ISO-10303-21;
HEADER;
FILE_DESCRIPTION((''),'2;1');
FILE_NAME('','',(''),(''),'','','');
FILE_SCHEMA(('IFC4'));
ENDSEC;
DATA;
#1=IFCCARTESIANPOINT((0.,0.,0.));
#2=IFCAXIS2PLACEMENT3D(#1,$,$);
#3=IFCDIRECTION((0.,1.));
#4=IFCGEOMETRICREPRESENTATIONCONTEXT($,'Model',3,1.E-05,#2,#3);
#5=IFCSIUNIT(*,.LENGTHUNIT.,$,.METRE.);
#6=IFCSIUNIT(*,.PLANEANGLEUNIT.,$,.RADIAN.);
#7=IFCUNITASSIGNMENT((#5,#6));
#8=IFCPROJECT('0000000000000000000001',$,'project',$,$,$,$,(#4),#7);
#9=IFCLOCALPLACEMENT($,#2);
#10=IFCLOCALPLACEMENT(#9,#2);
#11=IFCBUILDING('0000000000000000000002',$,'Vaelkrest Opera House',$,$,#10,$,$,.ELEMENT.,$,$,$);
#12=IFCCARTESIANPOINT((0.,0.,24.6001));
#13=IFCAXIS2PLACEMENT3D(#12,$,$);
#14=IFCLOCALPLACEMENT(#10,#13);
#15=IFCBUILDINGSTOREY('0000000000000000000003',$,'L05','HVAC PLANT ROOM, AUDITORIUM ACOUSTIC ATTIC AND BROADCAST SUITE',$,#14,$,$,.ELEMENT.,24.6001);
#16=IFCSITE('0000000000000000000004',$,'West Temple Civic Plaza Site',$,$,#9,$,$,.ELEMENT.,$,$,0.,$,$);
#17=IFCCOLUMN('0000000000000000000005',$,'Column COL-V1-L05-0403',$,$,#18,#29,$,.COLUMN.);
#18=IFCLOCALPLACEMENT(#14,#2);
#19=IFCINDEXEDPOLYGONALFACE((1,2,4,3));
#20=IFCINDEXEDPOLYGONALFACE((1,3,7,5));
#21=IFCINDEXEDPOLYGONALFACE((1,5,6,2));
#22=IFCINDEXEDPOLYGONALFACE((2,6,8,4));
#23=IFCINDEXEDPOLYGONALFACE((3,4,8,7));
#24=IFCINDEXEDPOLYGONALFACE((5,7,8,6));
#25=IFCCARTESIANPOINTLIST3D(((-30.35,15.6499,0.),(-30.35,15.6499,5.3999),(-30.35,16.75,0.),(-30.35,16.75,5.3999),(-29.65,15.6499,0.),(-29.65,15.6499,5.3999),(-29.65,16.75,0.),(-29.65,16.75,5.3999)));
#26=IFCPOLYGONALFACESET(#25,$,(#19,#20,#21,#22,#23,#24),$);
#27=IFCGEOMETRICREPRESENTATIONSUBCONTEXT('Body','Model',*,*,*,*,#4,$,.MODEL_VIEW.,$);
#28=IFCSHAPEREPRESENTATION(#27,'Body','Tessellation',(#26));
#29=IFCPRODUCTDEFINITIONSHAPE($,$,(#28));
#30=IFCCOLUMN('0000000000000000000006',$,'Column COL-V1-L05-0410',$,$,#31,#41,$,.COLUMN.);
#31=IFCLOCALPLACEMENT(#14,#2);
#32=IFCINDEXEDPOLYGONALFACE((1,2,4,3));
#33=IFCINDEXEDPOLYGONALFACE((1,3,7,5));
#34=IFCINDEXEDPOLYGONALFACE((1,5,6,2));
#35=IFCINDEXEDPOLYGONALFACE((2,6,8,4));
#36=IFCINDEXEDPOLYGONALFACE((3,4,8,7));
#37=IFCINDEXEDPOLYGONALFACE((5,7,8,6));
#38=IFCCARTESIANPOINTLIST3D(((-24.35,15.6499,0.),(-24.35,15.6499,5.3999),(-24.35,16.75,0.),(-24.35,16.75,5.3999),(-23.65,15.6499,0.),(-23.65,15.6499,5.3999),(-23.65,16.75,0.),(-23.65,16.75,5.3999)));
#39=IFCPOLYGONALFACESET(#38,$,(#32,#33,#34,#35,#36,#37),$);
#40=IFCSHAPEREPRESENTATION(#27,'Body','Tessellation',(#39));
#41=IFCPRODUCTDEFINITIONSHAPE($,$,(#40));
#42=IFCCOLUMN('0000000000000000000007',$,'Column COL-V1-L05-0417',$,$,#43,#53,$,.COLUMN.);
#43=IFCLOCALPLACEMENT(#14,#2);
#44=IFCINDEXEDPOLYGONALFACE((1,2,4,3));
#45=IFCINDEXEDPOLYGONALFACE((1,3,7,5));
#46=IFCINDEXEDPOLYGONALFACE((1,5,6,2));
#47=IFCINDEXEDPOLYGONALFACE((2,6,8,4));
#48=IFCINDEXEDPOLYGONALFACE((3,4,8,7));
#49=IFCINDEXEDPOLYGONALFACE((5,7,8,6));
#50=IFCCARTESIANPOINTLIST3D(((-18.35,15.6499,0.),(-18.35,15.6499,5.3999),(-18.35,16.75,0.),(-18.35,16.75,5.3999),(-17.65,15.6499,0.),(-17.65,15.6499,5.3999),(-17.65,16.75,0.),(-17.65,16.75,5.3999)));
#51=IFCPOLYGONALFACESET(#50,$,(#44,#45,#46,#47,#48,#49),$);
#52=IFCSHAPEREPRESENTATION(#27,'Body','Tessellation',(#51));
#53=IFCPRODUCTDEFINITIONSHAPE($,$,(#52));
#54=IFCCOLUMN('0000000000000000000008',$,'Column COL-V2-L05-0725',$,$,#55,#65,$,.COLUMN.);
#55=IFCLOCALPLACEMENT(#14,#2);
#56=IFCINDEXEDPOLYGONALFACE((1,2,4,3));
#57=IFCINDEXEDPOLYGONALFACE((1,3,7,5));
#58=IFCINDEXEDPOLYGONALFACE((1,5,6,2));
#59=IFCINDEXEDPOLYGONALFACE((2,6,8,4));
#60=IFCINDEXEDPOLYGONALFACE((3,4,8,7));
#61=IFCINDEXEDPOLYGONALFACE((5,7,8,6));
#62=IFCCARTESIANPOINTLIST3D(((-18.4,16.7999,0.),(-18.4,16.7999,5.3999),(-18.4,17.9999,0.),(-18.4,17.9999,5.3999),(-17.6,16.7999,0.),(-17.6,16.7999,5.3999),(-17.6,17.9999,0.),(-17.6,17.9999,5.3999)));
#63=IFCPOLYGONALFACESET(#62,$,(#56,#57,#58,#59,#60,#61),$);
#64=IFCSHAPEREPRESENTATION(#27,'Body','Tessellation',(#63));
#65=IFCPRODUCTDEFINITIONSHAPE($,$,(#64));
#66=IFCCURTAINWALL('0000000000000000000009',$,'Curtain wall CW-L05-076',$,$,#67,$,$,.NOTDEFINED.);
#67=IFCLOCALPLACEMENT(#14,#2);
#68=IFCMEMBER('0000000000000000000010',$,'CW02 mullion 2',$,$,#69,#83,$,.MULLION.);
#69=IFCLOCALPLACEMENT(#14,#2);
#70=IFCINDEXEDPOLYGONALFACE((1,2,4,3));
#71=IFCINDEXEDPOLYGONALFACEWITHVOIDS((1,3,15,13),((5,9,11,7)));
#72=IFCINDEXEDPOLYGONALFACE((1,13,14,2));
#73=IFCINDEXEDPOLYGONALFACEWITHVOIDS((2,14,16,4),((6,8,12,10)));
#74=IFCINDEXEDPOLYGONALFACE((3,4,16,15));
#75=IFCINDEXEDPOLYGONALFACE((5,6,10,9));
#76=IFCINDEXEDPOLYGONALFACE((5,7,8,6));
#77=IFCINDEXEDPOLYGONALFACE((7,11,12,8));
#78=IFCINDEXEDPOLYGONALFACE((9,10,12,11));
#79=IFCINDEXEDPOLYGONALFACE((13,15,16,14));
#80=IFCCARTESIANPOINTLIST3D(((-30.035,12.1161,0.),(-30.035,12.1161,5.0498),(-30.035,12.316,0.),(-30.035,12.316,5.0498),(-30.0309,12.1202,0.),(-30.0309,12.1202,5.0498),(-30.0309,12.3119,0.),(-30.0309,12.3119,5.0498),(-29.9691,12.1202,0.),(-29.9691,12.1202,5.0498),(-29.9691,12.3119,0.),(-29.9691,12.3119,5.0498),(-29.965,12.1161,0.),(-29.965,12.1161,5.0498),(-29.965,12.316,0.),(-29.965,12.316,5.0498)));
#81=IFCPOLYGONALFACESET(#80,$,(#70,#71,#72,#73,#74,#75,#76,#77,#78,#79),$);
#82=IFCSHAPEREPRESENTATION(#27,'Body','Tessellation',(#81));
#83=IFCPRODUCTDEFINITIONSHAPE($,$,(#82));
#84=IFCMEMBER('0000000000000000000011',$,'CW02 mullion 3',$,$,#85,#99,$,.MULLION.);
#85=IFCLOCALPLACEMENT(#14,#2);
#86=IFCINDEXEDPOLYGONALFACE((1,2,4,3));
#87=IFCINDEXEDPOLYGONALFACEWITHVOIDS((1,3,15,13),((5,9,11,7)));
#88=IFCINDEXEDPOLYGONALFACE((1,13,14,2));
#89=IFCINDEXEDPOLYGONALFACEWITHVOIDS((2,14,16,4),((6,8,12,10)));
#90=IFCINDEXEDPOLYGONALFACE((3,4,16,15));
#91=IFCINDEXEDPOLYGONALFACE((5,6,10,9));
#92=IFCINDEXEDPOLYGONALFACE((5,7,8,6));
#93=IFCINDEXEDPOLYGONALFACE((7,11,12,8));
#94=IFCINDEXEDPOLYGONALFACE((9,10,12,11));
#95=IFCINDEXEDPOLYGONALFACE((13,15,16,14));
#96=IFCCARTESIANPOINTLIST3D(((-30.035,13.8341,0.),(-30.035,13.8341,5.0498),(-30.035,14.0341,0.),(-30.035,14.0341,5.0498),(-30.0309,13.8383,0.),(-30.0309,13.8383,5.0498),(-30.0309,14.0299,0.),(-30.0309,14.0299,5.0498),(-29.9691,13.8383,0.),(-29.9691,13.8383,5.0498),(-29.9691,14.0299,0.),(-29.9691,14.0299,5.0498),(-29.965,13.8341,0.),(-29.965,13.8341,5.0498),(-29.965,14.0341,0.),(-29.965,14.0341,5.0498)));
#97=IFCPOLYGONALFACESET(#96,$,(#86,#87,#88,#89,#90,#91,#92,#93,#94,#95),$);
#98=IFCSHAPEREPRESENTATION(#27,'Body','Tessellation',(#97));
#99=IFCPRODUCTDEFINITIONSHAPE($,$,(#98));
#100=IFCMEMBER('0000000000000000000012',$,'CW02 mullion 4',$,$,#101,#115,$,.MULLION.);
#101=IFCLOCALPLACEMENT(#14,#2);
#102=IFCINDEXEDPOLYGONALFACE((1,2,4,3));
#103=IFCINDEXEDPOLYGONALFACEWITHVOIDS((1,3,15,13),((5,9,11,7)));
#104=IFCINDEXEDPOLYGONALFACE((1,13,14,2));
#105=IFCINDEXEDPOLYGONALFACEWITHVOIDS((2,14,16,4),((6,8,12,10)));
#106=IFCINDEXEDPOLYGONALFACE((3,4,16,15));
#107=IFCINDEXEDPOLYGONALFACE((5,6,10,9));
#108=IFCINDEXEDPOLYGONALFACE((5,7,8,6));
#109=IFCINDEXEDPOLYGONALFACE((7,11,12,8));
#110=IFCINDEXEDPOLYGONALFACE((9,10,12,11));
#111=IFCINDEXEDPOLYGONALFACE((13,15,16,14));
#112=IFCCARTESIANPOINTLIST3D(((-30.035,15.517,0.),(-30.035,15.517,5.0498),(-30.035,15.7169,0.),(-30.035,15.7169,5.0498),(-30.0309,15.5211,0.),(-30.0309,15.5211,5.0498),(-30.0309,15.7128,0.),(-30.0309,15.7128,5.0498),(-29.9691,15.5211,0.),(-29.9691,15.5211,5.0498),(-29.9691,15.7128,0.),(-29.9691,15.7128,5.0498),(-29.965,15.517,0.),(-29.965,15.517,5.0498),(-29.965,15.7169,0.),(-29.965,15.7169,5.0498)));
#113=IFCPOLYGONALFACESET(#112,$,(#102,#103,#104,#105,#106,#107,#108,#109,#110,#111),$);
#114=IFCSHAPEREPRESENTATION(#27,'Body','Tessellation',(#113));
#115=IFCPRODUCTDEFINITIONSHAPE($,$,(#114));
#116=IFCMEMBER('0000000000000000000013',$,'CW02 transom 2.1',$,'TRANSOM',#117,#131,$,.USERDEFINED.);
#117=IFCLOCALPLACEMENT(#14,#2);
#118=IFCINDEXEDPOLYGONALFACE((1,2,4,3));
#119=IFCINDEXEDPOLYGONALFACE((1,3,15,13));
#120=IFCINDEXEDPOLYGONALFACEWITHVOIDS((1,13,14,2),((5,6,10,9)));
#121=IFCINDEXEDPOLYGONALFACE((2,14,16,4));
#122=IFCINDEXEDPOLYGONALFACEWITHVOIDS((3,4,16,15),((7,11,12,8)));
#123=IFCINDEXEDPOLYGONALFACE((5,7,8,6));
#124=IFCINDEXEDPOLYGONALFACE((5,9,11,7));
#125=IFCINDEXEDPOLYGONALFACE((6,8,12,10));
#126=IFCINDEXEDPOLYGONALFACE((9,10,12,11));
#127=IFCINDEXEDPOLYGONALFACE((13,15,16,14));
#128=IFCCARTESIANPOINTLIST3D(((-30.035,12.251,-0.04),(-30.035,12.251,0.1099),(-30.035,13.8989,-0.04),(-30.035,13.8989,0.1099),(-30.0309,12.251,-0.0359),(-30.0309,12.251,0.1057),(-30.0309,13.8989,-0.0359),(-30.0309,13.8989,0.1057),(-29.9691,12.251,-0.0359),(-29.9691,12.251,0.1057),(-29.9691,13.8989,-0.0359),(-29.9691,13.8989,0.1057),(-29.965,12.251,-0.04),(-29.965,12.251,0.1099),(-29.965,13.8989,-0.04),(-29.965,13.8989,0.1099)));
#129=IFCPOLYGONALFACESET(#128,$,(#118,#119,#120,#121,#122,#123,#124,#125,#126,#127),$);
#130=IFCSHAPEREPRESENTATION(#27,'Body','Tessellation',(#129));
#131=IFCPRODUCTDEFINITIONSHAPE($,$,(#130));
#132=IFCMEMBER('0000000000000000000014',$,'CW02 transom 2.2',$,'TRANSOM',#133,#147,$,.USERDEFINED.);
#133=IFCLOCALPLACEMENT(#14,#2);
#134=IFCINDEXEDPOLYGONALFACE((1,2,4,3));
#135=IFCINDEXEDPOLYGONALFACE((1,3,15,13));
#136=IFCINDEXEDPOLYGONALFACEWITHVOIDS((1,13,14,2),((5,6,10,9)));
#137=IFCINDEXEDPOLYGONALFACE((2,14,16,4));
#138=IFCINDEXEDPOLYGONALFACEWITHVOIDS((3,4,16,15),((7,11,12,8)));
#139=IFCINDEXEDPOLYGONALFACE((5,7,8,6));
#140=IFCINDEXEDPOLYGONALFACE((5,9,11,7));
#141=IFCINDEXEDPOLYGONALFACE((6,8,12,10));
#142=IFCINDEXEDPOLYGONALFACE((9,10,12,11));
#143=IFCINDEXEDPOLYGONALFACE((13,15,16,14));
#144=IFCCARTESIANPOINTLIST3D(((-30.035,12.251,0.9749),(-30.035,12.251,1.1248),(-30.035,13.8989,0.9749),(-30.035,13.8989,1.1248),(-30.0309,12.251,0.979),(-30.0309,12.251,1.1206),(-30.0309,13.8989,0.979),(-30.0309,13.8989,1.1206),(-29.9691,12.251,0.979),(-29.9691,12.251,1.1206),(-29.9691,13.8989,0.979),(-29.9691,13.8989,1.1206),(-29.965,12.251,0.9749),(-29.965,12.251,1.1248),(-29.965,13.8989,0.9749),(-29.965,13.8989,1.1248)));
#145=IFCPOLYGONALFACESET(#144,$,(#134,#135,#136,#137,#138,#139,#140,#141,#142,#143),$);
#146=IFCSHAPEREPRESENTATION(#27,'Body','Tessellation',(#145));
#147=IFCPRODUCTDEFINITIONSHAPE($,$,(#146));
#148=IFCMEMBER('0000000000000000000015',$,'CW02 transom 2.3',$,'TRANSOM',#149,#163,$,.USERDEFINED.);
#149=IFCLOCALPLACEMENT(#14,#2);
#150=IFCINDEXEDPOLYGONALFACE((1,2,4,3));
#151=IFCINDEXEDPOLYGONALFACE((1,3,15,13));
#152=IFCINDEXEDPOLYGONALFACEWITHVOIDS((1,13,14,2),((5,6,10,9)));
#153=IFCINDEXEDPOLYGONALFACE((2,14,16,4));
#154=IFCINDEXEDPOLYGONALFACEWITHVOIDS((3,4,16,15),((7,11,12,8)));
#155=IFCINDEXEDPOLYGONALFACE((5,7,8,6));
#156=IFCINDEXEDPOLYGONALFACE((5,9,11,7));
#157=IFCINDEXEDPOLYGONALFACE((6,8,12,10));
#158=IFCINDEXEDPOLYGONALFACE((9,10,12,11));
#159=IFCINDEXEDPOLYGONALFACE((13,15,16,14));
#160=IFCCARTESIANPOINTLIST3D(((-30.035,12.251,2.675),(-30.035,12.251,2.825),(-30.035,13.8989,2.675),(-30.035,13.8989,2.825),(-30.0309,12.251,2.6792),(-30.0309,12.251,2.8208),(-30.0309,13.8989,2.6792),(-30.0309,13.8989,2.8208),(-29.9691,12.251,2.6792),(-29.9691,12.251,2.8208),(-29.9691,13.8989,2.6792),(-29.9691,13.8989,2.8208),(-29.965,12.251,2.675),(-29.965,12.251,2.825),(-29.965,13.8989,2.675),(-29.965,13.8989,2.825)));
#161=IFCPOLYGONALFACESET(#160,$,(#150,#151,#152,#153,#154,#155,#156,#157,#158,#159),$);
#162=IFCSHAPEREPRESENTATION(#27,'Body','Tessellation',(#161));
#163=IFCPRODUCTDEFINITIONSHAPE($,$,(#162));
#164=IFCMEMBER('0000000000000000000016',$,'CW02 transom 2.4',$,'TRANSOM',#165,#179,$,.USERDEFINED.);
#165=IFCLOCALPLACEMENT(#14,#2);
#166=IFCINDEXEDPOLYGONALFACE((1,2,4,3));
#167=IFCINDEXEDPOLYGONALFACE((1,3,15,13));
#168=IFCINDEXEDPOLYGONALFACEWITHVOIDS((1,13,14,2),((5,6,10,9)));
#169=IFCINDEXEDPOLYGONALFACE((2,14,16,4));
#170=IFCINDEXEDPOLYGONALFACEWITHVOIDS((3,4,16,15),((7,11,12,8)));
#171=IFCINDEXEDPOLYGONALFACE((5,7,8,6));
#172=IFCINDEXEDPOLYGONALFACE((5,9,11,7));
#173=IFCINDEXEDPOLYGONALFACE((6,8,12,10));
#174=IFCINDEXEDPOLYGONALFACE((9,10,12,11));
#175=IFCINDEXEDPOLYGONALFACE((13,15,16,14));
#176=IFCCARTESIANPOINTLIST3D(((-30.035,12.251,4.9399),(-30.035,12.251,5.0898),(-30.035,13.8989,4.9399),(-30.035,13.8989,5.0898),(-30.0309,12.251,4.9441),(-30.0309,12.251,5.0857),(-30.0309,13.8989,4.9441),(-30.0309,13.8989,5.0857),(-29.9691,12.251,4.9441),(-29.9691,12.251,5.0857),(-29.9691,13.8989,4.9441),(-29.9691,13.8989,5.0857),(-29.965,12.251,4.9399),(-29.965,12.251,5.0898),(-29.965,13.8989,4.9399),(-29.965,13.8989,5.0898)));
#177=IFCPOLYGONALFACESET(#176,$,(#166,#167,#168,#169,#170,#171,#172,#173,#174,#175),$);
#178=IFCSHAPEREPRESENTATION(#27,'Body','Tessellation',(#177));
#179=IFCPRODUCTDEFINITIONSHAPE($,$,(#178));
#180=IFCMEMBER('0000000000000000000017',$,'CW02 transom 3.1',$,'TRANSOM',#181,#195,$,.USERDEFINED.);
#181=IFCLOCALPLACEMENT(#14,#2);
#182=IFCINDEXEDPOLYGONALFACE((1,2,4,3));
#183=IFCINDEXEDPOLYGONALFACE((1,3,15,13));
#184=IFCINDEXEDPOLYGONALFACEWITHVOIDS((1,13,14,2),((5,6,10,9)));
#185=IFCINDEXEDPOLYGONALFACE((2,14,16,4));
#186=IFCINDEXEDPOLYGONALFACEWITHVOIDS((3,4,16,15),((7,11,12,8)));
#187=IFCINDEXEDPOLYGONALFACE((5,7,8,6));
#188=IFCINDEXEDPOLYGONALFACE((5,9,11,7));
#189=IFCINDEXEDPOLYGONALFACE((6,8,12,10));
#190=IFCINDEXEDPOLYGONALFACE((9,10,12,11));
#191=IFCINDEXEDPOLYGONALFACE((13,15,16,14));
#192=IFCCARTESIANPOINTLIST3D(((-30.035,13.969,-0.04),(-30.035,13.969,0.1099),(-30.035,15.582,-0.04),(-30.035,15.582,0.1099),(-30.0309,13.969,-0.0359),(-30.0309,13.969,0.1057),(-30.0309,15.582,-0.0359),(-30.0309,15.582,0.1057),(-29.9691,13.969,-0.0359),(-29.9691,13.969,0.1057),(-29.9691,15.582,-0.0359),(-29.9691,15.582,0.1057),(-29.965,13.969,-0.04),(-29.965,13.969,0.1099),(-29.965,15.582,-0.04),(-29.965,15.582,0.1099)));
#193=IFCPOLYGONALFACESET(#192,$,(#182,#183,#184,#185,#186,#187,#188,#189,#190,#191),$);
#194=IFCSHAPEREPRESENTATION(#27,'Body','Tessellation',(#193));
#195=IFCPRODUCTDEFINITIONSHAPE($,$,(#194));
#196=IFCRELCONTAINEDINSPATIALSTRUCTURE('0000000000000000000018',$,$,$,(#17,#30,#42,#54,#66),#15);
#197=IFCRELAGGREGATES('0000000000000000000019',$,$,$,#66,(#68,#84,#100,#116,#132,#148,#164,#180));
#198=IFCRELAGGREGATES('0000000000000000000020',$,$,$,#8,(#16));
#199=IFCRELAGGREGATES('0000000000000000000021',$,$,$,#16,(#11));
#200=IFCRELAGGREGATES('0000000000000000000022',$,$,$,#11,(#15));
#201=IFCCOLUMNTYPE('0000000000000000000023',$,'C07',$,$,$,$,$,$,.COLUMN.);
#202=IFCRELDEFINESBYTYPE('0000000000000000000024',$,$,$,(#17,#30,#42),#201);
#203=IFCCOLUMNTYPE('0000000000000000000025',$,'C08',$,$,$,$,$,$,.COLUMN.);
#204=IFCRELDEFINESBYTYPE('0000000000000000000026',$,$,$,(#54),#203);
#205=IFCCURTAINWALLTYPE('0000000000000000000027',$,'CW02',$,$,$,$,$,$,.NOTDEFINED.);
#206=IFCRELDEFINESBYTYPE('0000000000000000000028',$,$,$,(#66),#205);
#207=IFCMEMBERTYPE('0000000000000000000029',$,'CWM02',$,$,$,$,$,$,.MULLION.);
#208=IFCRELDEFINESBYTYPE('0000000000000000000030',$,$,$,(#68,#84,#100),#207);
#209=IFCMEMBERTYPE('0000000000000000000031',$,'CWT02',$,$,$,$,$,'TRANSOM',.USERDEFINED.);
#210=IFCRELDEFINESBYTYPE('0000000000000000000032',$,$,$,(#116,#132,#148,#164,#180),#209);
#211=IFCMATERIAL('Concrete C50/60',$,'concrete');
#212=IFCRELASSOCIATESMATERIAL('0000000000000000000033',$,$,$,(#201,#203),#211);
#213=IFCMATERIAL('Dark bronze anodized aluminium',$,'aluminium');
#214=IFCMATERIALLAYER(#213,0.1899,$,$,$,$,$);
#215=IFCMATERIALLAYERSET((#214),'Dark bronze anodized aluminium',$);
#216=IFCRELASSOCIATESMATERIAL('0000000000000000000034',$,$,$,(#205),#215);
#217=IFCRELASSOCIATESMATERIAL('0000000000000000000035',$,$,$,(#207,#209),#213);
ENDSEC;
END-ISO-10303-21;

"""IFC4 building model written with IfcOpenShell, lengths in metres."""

from ifc_helpers import new_model, si_unit, direction, frame, origin, origin_2d, place, context, subcontext, project, spatial, rectangle, hollow_rectangle, extrude, material, layer, layer_set, material_profile, profile_set, type_object, element, aggregate, save


model = new_model("IFC4")

# Units and contexts
model_context = context("Model", 3, precision=1e-05, world=origin(), true_north=direction((0.0, 1.0)))
body_context = subcontext(model_context, "Body", "Model", "MODEL_VIEW")
ifc_project = project(units=[si_unit("LENGTHUNIT", "METRE"), si_unit("PLANEANGLEUNIT", "RADIAN")], contexts=[model_context])

# Site, building, storey
site_placement = place(None, origin())
site = spatial("IfcSite", under=ifc_project, at=site_placement, Name="West Temple Civic Plaza Site", CompositionType="ELEMENT", RefElevation=0.0)
building_placement = place(site_placement, origin())
building = spatial("IfcBuilding", under=site, at=building_placement, Name="Vaelkrest Opera House", CompositionType="ELEMENT")
storey_placement = place(building_placement, frame((0.0, 0.0, 24.6001)))
storey = spatial("IfcBuildingStorey", under=building, at=storey_placement, Name="L05", Description="HVAC PLANT ROOM, AUDITORIUM ACOUSTIC ATTIC AND BROADCAST SUITE", CompositionType="ELEMENT", Elevation=24.6001)

# Columns
ifc_material_1 = material(Name="Concrete C50/60", Category="concrete")
ifc_material_profile_1 = material_profile(ifc_material_1, rectangle(XDim=0.7, YDim=1.1001, at=origin_2d()), Name="RC700X1100")
ifc_profile_set_1 = profile_set([ifc_material_profile_1], Name="Concrete C50/60")
column_type_1 = type_object("IfcColumnType", Name="C07", PredefinedType="COLUMN", material=ifc_profile_set_1)
for number, where, z_axis, x_axis, name in (
    (1, (-30.0, 16.2, 0.0), (0.0, 0.0, 1.0), (1.0, 0.0, 0.0), "Column COL-V1-L05-0403"),
    (2, (-24.0, 16.2, 0.0), (0.0, 0.0, 1.0), (1.0, 0.0, 0.0), "Column COL-V1-L05-0410"),
    (3, (-18.0, 16.2, 0.0), (0.0, 0.0, 1.0), (1.0, 0.0, 0.0), "Column COL-V1-L05-0417"),
):
    element("IfcColumn", number, at=place(storey_placement, frame(where, z_axis=z_axis, x_axis=x_axis)), inside=storey, type_object=column_type_1, Name=name, PredefinedType="COLUMN", context=body_context, shape_type="SweptSolid", body=[
        extrude(rectangle(XDim=0.7, YDim=1.1001, at=origin_2d()), origin(), (0.0, 0.0, 1.0), 5.3999),
    ])
ifc_material_profile_2 = material_profile(ifc_material_1, rectangle(XDim=0.8, YDim=1.2, at=origin_2d()), Name="RC800X1200")
ifc_profile_set_2 = profile_set([ifc_material_profile_2], Name="Concrete C50/60")
column_type_2 = type_object("IfcColumnType", Name="C08", PredefinedType="COLUMN", material=ifc_profile_set_2)
column_placement = place(storey_placement, frame((-18.0, 17.3999, 0.0), z_axis=(0.0, 0.0, 1.0), x_axis=(1.0, 0.0, 0.0)))
element("IfcColumn", 4, at=column_placement, inside=storey, type_object=column_type_2, Name="Column COL-V2-L05-0725", PredefinedType="COLUMN", context=body_context, shape_type="SweptSolid", body=[
    extrude(rectangle(XDim=0.8, YDim=1.2, at=origin_2d()), origin(), (0.0, 0.0, 1.0), 5.3999),
])

# Curtain wall, members
ifc_material_2 = material(Name="Dark bronze anodized aluminium", Category="aluminium")
ifc_layer_1 = layer(ifc_material_2, 0.1899)
ifc_layer_set_1 = layer_set([ifc_layer_1], Name="Dark bronze anodized aluminium")
curtain_wall_type = type_object("IfcCurtainWallType", Name="CW02", PredefinedType="NOTDEFINED", material=ifc_layer_set_1)
curtain_wall_placement = place(storey_placement, origin())
curtain_wall = element("IfcCurtainWall", 5, at=curtain_wall_placement, inside=storey, type_object=curtain_wall_type, Name="Curtain wall CW-L05-076", PredefinedType="NOTDEFINED")
ifc_material_profile_3 = material_profile(ifc_material_2, hollow_rectangle(XDim=0.0701, YDim=0.2, WallThickness=0.0042, at=origin_2d()), Name="CWM70X200")
ifc_profile_set_3 = profile_set([ifc_material_profile_3], Name="Dark bronze anodized aluminium")
member_type_1 = type_object("IfcMemberType", Name="CWM02", PredefinedType="MULLION", material=ifc_profile_set_3)
member_1_placement = place(storey_placement, frame((-30.0, 12.2161, 0.0), z_axis=(0.0, 0.0, 1.0), x_axis=(-1.0, 0.0, 0.0)))
member_1 = element("IfcMember", 6, at=member_1_placement, type_object=member_type_1, Name="CW02 mullion 2", PredefinedType="MULLION", context=body_context, shape_type="SweptSolid", body=[
    extrude(hollow_rectangle(XDim=0.0701, YDim=0.2, WallThickness=0.0042, at=origin_2d()), origin(), (0.0, 0.0, 1.0), 5.0498),
])
member_2_placement = place(storey_placement, frame((-30.0, 13.9341, 0.0), z_axis=(0.0, 0.0, 1.0), x_axis=(-1.0, 0.0, 0.0)))
member_2 = element("IfcMember", 7, at=member_2_placement, type_object=member_type_1, Name="CW02 mullion 3", PredefinedType="MULLION", context=body_context, shape_type="SweptSolid", body=[
    extrude(hollow_rectangle(XDim=0.0701, YDim=0.2, WallThickness=0.0042, at=origin_2d()), origin(), (0.0, 0.0, 1.0), 5.0498),
])
member_3_placement = place(storey_placement, frame((-30.0, 15.6169, 0.0), z_axis=(0.0, 0.0, 1.0), x_axis=(-1.0, 0.0, 0.0)))
member_3 = element("IfcMember", 8, at=member_3_placement, type_object=member_type_1, Name="CW02 mullion 4", PredefinedType="MULLION", context=body_context, shape_type="SweptSolid", body=[
    extrude(hollow_rectangle(XDim=0.0701, YDim=0.2, WallThickness=0.0042, at=origin_2d()), origin(), (0.0, 0.0, 1.0), 5.0498),
])
ifc_material_profile_4 = material_profile(ifc_material_2, hollow_rectangle(XDim=0.0701, YDim=0.1499, WallThickness=0.0042, at=origin_2d()), Name="CWT70X150")
ifc_profile_set_4 = profile_set([ifc_material_profile_4], Name="Dark bronze anodized aluminium")
member_type_2 = type_object("IfcMemberType", Name="CWT02", ElementType="TRANSOM", PredefinedType="USERDEFINED", material=ifc_profile_set_4)
member_4_placement = place(storey_placement, frame((-30.0, 12.251, 0.0349), z_axis=(0.0, 1.0, 0.0), x_axis=(-1.0, 0.0, 0.0)))
member_4 = element("IfcMember", 9, at=member_4_placement, type_object=member_type_2, Name="CW02 transom 2.1", ObjectType="TRANSOM", PredefinedType="USERDEFINED", context=body_context, shape_type="SweptSolid", body=[
    extrude(hollow_rectangle(XDim=0.0701, YDim=0.1499, WallThickness=0.0042, at=origin_2d()), origin(), (0.0, 0.0, 1.0), 1.6479),
])
member_5_placement = place(storey_placement, frame((-30.0, 12.251, 1.0498), z_axis=(0.0, 1.0, 0.0), x_axis=(-1.0, 0.0, 0.0)))
member_5 = element("IfcMember", 10, at=member_5_placement, type_object=member_type_2, Name="CW02 transom 2.2", ObjectType="TRANSOM", PredefinedType="USERDEFINED", context=body_context, shape_type="SweptSolid", body=[
    extrude(hollow_rectangle(XDim=0.0701, YDim=0.1499, WallThickness=0.0042, at=origin_2d()), origin(), (0.0, 0.0, 1.0), 1.6479),
])
member_6_placement = place(storey_placement, frame((-30.0, 12.251, 2.75), z_axis=(0.0, 1.0, 0.0), x_axis=(-1.0, 0.0, 0.0)))
member_6 = element("IfcMember", 11, at=member_6_placement, type_object=member_type_2, Name="CW02 transom 2.3", ObjectType="TRANSOM", PredefinedType="USERDEFINED", context=body_context, shape_type="SweptSolid", body=[
    extrude(hollow_rectangle(XDim=0.0701, YDim=0.1499, WallThickness=0.0042, at=origin_2d()), origin(), (0.0, 0.0, 1.0), 1.6479),
])
member_7_placement = place(storey_placement, frame((-30.0, 12.251, 5.0149), z_axis=(0.0, 1.0, 0.0), x_axis=(-1.0, 0.0, 0.0)))
member_7 = element("IfcMember", 12, at=member_7_placement, type_object=member_type_2, Name="CW02 transom 2.4", ObjectType="TRANSOM", PredefinedType="USERDEFINED", context=body_context, shape_type="SweptSolid", body=[
    extrude(hollow_rectangle(XDim=0.0701, YDim=0.1499, WallThickness=0.0042, at=origin_2d()), origin(), (0.0, 0.0, 1.0), 1.6479),
])
member_8_placement = place(storey_placement, frame((-30.0, 13.969, 0.0349), z_axis=(0.0, 1.0, 0.0), x_axis=(-1.0, 0.0, 0.0)))
member_8 = element("IfcMember", 13, at=member_8_placement, type_object=member_type_2, Name="CW02 transom 3.1", ObjectType="TRANSOM", PredefinedType="USERDEFINED", context=body_context, shape_type="SweptSolid", body=[
    extrude(hollow_rectangle(XDim=0.0701, YDim=0.1499, WallThickness=0.0042, at=origin_2d()), origin(), (0.0, 0.0, 1.0), 1.613),
])

aggregate(curtain_wall, [member_1, member_2, member_3, member_4, member_5, member_6, member_7, member_8])

save(model, "model.ifc")
